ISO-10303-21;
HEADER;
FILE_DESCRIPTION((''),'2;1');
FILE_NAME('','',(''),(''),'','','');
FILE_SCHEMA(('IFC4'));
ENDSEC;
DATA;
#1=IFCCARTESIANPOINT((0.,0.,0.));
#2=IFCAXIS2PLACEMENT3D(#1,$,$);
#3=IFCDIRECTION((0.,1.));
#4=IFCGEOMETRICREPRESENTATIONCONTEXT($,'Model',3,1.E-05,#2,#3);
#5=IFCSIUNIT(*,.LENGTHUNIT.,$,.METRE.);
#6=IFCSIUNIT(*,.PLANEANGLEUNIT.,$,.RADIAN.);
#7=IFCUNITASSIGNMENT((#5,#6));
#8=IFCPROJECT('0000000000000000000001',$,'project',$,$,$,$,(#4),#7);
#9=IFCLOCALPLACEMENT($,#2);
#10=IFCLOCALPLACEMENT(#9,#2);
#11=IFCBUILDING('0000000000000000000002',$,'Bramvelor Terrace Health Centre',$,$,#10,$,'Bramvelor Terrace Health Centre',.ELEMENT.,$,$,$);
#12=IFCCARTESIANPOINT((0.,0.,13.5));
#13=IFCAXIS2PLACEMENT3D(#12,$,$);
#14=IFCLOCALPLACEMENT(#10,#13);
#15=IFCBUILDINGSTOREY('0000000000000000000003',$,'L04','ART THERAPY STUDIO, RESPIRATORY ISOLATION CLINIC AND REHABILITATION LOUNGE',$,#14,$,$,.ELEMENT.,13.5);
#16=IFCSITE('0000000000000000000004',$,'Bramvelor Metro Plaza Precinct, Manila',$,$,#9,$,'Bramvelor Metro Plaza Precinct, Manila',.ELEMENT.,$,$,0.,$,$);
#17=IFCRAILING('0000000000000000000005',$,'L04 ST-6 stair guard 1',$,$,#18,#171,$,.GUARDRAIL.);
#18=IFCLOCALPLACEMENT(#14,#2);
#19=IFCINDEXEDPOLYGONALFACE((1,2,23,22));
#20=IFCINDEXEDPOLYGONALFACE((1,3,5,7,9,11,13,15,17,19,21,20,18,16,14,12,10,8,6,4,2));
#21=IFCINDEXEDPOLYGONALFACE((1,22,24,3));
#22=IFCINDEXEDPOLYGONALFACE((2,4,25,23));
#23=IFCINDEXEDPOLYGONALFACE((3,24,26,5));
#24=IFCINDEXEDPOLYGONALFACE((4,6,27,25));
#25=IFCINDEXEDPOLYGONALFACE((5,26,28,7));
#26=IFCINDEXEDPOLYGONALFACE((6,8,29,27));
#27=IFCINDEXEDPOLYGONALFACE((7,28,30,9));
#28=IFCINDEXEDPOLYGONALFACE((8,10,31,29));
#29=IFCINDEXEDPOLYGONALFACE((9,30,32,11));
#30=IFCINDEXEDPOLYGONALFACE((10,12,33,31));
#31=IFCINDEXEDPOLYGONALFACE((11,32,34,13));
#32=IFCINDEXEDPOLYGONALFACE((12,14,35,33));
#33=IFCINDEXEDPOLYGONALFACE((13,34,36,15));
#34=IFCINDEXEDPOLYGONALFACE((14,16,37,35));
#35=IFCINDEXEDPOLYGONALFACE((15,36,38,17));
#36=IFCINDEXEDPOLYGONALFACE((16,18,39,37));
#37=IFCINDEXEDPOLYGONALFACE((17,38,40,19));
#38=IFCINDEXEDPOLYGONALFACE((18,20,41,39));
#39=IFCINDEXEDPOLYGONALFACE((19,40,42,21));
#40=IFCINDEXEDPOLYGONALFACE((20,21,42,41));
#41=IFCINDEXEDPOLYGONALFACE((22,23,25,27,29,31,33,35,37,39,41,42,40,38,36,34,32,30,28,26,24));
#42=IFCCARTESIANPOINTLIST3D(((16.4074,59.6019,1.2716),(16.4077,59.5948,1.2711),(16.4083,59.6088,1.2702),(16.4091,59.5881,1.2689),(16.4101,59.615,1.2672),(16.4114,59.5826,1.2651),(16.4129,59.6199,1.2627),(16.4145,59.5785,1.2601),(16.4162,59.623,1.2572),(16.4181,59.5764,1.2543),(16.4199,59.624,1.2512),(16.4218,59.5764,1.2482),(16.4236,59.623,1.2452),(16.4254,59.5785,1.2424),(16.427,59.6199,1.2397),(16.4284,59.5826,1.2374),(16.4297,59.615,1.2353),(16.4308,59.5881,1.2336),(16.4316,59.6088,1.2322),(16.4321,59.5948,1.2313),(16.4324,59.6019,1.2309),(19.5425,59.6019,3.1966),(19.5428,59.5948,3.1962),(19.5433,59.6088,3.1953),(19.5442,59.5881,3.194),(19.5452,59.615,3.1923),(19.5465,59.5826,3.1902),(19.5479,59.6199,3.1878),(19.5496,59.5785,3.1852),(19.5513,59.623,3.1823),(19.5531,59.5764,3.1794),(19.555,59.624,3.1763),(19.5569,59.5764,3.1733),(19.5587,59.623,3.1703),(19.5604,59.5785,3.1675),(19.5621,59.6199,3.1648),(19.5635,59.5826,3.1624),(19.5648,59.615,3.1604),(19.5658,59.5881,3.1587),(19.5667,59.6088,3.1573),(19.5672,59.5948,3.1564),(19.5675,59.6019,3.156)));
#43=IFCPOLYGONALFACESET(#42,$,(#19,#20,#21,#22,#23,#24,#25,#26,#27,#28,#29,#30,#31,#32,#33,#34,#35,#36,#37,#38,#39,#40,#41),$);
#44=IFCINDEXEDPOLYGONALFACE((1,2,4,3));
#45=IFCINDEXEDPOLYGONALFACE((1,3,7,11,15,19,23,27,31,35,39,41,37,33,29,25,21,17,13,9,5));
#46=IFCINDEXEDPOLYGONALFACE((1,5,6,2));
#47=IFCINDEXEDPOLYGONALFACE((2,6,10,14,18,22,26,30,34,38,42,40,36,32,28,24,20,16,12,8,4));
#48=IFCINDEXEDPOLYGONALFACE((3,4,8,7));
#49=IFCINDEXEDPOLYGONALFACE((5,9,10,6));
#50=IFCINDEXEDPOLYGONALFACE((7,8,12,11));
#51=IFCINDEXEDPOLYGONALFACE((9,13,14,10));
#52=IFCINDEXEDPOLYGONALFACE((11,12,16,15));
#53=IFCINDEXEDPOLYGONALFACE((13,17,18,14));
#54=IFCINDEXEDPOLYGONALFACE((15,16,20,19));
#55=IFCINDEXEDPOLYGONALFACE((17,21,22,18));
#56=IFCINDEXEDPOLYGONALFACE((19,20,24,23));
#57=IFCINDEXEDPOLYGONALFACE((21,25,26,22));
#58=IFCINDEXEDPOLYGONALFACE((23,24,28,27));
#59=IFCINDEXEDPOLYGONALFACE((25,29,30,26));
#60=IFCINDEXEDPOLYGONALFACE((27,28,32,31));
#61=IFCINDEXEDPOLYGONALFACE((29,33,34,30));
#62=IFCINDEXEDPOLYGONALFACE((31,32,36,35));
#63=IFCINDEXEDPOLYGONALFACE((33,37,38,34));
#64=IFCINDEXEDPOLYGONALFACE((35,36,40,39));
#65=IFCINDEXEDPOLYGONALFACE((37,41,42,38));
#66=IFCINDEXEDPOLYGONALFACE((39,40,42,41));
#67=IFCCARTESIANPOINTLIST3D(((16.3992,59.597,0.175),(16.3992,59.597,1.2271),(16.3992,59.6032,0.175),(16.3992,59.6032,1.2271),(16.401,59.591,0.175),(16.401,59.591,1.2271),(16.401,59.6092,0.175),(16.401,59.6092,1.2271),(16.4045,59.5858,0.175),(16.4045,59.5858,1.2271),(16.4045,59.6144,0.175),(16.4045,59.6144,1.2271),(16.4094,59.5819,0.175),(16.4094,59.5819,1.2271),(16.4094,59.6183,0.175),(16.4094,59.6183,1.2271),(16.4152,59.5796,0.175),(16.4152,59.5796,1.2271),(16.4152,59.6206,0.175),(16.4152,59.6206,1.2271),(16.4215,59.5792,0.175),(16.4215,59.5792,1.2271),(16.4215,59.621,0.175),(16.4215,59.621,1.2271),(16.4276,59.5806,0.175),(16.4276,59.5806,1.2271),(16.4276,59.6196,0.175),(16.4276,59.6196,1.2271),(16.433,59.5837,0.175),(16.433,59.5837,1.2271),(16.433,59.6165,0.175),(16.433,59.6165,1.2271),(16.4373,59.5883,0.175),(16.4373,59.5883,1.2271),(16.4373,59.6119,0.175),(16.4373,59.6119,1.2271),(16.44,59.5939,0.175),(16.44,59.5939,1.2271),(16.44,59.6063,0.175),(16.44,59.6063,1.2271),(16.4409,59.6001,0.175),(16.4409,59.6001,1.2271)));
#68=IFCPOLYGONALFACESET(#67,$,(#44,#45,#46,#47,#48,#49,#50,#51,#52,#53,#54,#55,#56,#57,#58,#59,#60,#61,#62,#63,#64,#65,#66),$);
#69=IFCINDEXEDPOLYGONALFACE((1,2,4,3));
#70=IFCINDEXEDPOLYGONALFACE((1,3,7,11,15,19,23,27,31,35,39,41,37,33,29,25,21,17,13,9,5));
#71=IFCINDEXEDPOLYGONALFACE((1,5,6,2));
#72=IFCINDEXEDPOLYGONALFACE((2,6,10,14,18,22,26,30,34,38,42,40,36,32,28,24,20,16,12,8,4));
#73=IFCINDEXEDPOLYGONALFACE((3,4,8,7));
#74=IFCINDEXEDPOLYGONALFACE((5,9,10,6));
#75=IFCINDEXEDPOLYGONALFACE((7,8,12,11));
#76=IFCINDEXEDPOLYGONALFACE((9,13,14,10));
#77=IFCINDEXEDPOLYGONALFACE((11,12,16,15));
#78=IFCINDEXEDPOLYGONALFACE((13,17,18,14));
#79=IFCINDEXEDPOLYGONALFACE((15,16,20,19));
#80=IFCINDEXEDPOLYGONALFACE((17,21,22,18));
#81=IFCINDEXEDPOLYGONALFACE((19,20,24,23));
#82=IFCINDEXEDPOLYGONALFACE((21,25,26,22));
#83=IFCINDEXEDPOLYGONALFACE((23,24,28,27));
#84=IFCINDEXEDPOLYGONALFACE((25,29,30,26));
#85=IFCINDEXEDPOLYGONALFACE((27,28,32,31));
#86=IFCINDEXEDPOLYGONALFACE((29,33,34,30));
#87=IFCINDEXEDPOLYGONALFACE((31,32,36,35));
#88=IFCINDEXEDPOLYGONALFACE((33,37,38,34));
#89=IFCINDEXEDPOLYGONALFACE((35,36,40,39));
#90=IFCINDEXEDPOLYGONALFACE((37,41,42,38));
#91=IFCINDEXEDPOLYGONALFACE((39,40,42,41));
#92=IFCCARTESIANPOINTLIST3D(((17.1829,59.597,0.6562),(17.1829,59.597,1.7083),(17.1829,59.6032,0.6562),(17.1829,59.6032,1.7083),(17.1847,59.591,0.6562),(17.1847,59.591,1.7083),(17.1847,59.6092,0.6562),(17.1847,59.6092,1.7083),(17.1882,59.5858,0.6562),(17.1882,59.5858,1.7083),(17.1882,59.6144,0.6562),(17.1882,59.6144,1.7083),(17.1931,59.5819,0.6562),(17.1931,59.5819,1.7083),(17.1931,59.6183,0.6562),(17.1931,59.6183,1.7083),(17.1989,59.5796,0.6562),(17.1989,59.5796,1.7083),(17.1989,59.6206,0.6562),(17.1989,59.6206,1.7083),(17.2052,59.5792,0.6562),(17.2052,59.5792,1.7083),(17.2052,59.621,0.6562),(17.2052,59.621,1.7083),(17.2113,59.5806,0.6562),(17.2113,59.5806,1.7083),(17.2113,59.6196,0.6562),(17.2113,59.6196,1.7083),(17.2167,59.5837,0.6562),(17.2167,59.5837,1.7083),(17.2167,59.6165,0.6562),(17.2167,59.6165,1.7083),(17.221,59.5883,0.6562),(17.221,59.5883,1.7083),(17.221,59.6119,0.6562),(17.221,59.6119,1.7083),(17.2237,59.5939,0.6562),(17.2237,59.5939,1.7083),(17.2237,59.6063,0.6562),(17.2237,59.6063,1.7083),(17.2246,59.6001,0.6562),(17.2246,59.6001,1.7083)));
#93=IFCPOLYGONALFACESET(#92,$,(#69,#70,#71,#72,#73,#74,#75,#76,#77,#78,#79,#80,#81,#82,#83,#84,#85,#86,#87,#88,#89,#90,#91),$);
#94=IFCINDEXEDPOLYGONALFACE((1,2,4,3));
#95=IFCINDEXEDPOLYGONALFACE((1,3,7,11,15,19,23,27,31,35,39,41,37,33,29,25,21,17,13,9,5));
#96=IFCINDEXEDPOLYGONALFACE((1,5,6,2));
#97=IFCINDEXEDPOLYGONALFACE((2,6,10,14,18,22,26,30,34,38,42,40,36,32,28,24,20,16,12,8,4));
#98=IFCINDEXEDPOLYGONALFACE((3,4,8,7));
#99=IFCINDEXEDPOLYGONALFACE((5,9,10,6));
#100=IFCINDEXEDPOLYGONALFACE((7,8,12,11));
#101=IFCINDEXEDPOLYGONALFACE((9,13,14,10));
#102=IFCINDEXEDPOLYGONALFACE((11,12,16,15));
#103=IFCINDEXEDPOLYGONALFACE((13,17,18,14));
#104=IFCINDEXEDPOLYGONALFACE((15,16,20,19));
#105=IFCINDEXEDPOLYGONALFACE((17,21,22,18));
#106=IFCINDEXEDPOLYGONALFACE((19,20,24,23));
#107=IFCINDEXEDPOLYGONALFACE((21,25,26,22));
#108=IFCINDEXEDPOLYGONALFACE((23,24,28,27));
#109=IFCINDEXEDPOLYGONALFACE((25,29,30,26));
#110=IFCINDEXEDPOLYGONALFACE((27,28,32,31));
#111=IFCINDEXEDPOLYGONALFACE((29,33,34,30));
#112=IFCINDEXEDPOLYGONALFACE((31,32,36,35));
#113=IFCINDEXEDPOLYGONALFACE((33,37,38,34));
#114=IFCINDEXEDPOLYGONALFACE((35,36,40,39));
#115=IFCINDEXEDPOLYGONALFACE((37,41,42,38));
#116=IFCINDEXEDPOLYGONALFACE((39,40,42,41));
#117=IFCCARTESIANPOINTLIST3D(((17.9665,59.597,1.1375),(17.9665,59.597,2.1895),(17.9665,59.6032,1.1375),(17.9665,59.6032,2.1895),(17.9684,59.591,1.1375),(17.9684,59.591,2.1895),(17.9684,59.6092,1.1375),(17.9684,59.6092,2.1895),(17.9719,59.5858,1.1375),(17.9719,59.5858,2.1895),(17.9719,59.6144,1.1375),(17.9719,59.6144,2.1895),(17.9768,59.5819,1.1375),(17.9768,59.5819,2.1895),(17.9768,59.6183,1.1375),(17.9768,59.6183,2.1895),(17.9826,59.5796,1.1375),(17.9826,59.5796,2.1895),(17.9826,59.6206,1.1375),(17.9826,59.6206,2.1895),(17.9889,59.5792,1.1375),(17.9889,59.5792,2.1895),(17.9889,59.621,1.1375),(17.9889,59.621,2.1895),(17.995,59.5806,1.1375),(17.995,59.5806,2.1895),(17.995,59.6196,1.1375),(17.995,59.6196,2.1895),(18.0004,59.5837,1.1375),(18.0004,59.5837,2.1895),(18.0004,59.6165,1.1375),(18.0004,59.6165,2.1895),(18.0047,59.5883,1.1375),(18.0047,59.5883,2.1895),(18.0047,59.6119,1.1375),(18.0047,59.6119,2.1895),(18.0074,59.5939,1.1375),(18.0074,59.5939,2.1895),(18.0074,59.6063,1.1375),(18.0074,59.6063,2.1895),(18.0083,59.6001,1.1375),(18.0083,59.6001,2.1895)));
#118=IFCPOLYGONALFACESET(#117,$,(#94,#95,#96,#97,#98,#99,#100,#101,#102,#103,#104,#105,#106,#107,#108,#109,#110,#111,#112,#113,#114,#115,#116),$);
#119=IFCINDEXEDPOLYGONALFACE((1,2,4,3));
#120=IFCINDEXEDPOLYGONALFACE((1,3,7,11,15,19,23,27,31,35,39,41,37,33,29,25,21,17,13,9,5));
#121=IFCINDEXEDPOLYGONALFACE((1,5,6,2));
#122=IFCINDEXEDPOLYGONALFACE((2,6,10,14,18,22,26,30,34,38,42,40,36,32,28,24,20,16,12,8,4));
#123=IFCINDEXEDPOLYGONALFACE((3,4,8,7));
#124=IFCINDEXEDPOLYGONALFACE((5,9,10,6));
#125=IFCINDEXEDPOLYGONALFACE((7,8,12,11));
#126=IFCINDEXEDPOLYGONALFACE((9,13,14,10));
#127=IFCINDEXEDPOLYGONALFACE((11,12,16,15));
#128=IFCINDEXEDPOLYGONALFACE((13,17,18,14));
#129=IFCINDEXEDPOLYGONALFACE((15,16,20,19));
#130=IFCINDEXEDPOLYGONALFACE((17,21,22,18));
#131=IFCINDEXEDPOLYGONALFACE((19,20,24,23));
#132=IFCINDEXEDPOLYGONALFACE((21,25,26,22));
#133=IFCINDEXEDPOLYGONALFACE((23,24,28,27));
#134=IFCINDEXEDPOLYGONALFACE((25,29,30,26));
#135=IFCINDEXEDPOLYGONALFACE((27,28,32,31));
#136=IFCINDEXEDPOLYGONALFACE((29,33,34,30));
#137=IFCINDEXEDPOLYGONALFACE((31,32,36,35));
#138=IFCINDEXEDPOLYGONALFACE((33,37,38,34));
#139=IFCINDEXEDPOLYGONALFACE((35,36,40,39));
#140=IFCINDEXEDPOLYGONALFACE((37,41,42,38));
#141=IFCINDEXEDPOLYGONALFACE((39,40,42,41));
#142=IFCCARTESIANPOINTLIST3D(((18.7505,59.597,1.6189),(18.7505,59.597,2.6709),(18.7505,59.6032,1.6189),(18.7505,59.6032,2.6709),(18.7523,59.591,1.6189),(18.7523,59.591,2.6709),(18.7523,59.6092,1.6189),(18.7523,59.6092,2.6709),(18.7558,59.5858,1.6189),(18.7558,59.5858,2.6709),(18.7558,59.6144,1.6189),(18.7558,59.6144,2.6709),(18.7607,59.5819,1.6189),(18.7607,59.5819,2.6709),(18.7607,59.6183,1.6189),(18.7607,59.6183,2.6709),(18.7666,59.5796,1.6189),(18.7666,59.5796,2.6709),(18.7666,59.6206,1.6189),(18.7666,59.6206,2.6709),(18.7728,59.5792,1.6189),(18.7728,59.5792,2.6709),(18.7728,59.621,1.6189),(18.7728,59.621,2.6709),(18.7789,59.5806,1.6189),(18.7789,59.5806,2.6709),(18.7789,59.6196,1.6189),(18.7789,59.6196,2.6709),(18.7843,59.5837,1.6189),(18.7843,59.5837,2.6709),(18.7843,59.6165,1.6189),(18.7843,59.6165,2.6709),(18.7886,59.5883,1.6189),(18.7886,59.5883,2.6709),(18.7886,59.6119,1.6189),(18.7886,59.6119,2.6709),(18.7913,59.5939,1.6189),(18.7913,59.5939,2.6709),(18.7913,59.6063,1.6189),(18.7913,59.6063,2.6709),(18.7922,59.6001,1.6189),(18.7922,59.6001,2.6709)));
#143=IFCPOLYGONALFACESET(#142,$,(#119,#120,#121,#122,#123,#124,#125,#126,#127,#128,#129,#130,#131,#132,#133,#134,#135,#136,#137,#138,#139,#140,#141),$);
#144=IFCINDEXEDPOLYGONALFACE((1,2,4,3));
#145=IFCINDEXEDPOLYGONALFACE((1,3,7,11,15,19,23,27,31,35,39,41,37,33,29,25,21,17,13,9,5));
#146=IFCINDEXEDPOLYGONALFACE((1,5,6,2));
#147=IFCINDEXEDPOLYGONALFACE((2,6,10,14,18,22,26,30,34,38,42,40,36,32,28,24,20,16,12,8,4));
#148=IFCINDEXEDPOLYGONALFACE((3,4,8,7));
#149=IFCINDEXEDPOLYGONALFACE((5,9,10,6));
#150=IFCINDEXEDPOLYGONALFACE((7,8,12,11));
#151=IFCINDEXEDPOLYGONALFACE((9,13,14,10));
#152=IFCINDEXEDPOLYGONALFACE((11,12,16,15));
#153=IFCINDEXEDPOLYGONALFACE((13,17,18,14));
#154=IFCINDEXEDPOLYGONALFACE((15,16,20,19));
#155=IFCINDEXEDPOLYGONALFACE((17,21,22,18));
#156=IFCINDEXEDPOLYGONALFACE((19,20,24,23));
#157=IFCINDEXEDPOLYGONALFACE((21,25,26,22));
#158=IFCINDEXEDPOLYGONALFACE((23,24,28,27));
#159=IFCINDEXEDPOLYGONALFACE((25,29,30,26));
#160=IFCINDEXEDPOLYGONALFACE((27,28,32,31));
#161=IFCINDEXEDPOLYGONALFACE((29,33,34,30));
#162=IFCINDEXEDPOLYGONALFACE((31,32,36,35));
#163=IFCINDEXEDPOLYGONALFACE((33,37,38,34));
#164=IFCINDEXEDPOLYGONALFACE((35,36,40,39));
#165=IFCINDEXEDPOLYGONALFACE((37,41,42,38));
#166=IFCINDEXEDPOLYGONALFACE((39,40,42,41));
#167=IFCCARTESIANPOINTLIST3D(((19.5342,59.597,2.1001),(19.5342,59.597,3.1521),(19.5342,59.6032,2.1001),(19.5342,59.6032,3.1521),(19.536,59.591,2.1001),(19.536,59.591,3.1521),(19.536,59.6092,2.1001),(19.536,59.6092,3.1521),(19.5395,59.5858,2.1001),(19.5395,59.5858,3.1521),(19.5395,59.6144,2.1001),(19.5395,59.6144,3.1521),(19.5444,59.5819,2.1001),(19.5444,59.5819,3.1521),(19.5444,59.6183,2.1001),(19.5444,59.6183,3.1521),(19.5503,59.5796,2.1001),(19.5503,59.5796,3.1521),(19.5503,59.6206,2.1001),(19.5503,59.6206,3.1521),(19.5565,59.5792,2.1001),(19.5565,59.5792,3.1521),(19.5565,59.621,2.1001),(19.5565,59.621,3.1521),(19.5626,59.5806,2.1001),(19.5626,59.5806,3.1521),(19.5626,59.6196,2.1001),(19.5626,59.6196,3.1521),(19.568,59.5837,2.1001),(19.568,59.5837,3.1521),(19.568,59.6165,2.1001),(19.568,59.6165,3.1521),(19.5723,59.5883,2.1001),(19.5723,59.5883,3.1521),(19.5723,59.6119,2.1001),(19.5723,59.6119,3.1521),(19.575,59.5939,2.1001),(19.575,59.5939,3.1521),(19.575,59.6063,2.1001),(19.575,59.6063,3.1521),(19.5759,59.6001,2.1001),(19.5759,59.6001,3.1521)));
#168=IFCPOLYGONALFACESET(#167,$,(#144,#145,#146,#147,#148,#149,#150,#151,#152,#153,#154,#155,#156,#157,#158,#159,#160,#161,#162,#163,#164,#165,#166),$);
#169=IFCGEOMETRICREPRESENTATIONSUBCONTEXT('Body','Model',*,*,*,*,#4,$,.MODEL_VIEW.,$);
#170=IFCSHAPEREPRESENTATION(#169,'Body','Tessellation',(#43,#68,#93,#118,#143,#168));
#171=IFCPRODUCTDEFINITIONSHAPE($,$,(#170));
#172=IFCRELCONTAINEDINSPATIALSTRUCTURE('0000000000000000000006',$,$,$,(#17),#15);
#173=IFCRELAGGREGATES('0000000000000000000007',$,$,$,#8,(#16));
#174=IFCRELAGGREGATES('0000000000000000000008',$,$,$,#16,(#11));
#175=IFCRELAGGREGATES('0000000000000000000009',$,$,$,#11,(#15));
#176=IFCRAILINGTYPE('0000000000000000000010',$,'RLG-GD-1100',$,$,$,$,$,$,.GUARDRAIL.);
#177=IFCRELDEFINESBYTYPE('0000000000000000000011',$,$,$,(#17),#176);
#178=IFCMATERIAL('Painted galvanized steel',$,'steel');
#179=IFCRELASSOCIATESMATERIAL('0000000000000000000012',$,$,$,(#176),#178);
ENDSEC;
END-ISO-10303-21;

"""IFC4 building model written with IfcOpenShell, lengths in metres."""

from ifc_helpers import new_model, si_unit, direction, frame, origin, origin_2d, place, context, subcontext, project, spatial, circle, extrude, material, type_object, element, save


model = new_model("IFC4")

# Units and contexts
model_context = context("Model", 3, precision=1e-05, world=origin(), true_north=direction((0.0, 1.0)))
body_context = subcontext(model_context, "Body", "Model", "MODEL_VIEW")
ifc_project = project(units=[si_unit("LENGTHUNIT", "METRE"), si_unit("PLANEANGLEUNIT", "RADIAN")], contexts=[model_context])

# Site, building, storey
site_placement = place(None, origin())
site = spatial("IfcSite", under=ifc_project, at=site_placement, Name="Bramvelor Metro Plaza Precinct, Manila", LongName="Bramvelor Metro Plaza Precinct, Manila", CompositionType="ELEMENT", RefElevation=0.0)
building_placement = place(site_placement, origin())
building = spatial("IfcBuilding", under=site, at=building_placement, Name="Bramvelor Terrace Health Centre", LongName="Bramvelor Terrace Health Centre", CompositionType="ELEMENT")
storey_placement = place(building_placement, frame((0.0, 0.0, 13.5)))
storey = spatial("IfcBuildingStorey", under=building, at=storey_placement, Name="L04", Description="ART THERAPY STUDIO, RESPIRATORY ISOLATION CLINIC AND REHABILITATION LOUNGE", CompositionType="ELEMENT", Elevation=13.5)

# Railing
ifc_material_1 = material(Name="Painted galvanized steel", Category="steel")
railing_type_1 = type_object("IfcRailingType", Name="RLG-GD-1100", PredefinedType="GUARDRAIL", material=ifc_material_1)
railing_1_placement = place(storey_placement, frame((16.4199, 59.6001, 0.175)))
element("IfcRailing", 1, at=railing_1_placement, inside=storey, type_object=railing_type_1, Name="L04 ST-6 stair guard 1", PredefinedType="GUARDRAIL", context=body_context, shape_type="SweptSolid", body=[
    extrude(circle(Radius=0.0239, at=origin_2d()), frame((0.0, 0.0, 1.0762), z_axis=(0.852166, 0.0, 0.523271), x_axis=(0.0, 1.0, 0.0)), (0.0, 0.0, 1.0), 3.679),
    extrude(circle(Radius=0.021, at=origin_2d()), origin(), (0.0, 0.0, 1.0), 1.052),
    extrude(circle(Radius=0.021, at=origin_2d()), frame((0.7837, 0.0, 0.4812)), (0.0, 0.0, 1.0), 1.052),
    extrude(circle(Radius=0.021, at=origin_2d()), frame((1.5674, 0.0, 0.9624)), (0.0, 0.0, 1.0), 1.052),
    extrude(circle(Radius=0.021, at=origin_2d()), frame((2.3513, 0.0, 1.4438)), (0.0, 0.0, 1.0), 1.052),
    extrude(circle(Radius=0.021, at=origin_2d()), frame((3.135, 0.0, 1.925)), (0.0, 0.0, 1.0), 1.052),
])

save(model, "model.ifc")
